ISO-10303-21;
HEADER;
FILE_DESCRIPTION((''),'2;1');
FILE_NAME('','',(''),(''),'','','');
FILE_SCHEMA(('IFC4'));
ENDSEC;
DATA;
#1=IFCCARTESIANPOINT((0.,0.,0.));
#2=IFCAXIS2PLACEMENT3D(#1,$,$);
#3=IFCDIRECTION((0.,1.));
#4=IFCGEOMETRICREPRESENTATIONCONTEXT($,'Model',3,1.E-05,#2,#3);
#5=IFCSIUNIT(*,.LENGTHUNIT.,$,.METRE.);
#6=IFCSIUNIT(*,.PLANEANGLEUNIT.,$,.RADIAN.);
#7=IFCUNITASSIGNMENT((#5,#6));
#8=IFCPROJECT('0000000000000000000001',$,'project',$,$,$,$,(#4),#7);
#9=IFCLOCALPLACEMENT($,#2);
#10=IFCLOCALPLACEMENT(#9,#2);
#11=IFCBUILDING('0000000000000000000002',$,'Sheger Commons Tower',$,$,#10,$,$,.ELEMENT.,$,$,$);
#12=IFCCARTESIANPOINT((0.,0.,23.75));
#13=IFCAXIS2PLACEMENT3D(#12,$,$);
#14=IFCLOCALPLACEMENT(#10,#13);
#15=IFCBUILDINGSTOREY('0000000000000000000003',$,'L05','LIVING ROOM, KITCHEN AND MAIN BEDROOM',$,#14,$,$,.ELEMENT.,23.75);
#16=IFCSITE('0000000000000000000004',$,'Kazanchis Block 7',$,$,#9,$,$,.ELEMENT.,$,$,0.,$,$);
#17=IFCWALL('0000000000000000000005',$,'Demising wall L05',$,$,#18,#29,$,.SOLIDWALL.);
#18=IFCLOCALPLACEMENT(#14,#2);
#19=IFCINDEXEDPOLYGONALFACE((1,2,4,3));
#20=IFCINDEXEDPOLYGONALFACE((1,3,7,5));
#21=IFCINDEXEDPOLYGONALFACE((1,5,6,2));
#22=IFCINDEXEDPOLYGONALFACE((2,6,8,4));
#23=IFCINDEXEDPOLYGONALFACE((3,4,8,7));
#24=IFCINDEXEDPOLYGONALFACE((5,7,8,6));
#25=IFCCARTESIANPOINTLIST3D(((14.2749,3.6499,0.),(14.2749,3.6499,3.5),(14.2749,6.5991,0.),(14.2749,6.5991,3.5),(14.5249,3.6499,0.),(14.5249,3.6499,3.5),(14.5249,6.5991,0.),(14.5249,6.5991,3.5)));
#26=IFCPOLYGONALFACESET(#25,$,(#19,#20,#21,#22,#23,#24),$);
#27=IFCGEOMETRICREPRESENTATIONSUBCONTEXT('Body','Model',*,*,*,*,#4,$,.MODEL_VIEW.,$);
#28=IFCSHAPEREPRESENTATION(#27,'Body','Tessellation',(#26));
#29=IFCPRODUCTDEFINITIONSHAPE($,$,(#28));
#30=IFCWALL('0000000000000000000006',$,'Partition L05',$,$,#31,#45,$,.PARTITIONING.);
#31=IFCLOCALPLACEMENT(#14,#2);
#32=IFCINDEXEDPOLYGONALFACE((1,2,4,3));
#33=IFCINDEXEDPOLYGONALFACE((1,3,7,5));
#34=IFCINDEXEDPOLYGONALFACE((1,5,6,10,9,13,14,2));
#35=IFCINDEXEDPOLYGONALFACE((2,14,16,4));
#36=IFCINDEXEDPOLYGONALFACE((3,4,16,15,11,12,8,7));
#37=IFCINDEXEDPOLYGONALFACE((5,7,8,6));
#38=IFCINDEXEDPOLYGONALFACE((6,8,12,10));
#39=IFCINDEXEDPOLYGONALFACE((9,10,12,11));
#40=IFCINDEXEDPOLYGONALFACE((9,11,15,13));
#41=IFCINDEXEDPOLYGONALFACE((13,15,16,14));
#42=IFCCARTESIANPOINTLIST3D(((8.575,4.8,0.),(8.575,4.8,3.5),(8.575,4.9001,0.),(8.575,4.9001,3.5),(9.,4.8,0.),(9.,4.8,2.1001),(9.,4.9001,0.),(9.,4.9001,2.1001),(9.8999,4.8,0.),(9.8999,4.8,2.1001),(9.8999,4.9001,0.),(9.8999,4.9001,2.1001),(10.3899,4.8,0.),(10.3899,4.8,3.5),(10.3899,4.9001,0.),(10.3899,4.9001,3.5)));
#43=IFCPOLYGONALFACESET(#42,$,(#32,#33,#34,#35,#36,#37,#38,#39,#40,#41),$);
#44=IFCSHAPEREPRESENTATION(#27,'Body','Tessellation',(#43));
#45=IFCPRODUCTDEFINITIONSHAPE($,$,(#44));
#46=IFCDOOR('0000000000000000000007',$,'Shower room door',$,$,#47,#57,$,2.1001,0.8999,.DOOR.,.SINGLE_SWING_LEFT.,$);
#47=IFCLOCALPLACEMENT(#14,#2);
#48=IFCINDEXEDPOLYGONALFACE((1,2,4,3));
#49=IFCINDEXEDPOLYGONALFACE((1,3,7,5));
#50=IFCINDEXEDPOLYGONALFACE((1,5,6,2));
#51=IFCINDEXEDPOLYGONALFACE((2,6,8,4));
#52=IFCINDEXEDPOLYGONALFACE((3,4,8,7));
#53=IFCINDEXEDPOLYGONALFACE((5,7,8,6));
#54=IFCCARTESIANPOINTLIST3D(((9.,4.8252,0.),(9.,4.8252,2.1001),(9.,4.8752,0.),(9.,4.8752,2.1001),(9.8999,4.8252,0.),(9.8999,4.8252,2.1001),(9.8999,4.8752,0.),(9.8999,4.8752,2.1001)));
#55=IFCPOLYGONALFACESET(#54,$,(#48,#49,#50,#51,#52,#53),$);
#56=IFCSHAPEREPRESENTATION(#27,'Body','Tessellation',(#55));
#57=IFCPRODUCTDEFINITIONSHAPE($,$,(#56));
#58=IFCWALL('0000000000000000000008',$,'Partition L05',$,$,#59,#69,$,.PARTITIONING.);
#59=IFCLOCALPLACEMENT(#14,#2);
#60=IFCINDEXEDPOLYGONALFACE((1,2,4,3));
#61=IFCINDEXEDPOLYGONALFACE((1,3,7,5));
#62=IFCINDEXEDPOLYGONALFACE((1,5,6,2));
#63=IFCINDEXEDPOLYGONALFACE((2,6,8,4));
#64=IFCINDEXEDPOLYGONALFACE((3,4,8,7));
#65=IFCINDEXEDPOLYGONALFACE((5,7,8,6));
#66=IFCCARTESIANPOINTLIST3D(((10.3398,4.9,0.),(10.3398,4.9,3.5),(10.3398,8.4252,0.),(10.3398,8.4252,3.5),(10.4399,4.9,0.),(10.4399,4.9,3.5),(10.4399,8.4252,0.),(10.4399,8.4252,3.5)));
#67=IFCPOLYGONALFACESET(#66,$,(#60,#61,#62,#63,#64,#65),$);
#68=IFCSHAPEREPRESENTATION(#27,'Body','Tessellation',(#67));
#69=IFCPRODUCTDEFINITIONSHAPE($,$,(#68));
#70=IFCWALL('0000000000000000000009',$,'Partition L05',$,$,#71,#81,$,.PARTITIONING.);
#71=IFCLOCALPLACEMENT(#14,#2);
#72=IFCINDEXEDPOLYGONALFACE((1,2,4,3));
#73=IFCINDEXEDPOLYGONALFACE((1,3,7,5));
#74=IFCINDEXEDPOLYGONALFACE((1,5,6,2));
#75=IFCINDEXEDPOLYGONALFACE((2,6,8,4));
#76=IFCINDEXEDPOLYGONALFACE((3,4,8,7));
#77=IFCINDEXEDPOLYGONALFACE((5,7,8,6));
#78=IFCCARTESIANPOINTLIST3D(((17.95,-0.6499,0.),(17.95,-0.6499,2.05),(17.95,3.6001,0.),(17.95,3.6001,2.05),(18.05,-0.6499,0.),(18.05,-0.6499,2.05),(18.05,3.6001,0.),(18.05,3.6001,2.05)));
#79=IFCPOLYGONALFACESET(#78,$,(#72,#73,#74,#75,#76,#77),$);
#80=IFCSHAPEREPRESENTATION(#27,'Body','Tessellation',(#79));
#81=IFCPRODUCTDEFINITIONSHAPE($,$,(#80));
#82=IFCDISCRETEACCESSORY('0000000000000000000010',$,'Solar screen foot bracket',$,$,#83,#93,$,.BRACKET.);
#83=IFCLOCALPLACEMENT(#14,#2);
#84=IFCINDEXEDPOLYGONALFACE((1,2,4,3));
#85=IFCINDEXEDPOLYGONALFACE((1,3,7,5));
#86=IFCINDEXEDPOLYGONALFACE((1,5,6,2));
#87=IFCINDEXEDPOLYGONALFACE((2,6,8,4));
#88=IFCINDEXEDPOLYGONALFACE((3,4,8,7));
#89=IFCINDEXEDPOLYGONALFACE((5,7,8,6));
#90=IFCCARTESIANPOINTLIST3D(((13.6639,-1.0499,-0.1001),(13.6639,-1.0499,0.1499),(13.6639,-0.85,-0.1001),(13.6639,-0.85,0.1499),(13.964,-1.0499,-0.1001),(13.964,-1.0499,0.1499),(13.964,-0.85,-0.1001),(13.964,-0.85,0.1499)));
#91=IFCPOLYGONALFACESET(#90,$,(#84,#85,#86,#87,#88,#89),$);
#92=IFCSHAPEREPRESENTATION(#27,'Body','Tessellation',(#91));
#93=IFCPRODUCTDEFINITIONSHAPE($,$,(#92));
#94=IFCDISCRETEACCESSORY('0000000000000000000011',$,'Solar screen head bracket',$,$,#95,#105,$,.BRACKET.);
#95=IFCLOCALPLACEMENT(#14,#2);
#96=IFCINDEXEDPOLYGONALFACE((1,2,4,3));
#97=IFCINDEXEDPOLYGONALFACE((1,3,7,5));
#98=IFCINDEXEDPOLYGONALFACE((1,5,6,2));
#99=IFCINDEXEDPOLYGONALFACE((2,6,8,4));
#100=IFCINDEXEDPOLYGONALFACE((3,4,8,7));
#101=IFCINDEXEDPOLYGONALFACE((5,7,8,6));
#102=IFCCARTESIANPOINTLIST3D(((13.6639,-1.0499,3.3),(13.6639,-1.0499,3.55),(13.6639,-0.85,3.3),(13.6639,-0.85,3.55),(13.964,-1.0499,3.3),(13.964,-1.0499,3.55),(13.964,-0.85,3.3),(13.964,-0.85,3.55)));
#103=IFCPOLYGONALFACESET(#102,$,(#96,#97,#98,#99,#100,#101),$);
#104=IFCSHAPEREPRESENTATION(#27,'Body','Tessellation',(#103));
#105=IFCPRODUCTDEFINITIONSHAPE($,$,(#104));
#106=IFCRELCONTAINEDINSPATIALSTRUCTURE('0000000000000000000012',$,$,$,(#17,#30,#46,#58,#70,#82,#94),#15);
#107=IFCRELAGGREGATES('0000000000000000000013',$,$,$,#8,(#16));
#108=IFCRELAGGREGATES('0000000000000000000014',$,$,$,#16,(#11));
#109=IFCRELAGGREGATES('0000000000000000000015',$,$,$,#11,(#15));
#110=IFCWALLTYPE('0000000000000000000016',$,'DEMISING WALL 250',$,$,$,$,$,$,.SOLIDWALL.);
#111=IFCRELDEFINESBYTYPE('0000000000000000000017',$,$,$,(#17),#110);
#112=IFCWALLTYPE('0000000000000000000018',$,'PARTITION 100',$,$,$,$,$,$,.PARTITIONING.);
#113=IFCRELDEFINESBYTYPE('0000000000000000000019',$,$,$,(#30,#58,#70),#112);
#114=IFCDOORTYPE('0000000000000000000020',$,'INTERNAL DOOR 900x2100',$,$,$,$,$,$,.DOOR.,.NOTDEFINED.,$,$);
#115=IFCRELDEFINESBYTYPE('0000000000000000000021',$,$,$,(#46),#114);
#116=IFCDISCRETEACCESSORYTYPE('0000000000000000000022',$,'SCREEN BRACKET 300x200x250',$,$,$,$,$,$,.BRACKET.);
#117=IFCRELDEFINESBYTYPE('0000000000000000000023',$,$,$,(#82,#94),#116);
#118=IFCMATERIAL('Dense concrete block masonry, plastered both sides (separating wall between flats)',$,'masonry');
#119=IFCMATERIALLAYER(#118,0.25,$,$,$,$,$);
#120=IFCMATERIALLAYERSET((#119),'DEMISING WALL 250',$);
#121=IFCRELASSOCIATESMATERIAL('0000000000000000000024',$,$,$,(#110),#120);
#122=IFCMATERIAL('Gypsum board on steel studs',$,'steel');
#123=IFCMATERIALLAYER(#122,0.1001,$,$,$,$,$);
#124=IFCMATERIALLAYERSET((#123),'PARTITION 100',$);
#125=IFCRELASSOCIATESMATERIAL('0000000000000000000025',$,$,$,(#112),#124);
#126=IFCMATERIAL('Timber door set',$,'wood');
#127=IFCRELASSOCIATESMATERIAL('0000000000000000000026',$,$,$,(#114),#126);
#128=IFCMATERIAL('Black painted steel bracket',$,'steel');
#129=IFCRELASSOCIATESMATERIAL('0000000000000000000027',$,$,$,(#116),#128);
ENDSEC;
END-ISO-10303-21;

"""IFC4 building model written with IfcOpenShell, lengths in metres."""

from ifc_helpers import new_model, si_unit, direction, frame, frame_2d, origin, origin_2d, place, context, subcontext, project, spatial, rectangle, extrude, material, layer, layer_set, type_object, element, fill, save


model = new_model("IFC4")

# Units and contexts
model_context = context("Model", 3, precision=1e-05, world=origin(), true_north=direction((0.0, 1.0)))
body_context = subcontext(model_context, "Body", "Model", "MODEL_VIEW")
ifc_project = project(units=[si_unit("LENGTHUNIT", "METRE"), si_unit("PLANEANGLEUNIT", "RADIAN")], contexts=[model_context])

# Site, building, storey
site_placement = place(None, origin())
site = spatial("IfcSite", under=ifc_project, at=site_placement, Name="Kazanchis Block 7", CompositionType="ELEMENT", RefElevation=0.0)
building_placement = place(site_placement, origin())
building = spatial("IfcBuilding", under=site, at=building_placement, Name="Sheger Commons Tower", CompositionType="ELEMENT")
storey_placement = place(building_placement, frame((0.0, 0.0, 23.75)))
storey = spatial("IfcBuildingStorey", under=building, at=storey_placement, Name="L05", Description="LIVING ROOM, KITCHEN AND MAIN BEDROOM", CompositionType="ELEMENT", Elevation=23.75)

# Wall
ifc_material_1 = material(Name="Dense concrete block masonry, plastered both sides (separating wall between flats)", Category="masonry")
ifc_layer_1 = layer(ifc_material_1, 0.25)
ifc_layer_set_1 = layer_set([ifc_layer_1], Name="DEMISING WALL 250")
wall_type_1 = type_object("IfcWallType", Name="DEMISING WALL 250", PredefinedType="SOLIDWALL", material=ifc_layer_set_1)
wall_1_placement = place(storey_placement, frame((14.3999, 3.6499, 0.0), z_axis=(0.0, 0.0, 1.0), x_axis=(0.0, 1.0, 0.0)))
element("IfcWall", 1, at=wall_1_placement, inside=storey, type_object=wall_type_1, Name="Demising wall L05", PredefinedType="SOLIDWALL", context=body_context, shape_type="SweptSolid", body=[
    extrude(rectangle(XDim=2.9492, YDim=0.25, at=frame_2d((1.4746, 0.0))), origin(), (0.0, 0.0, 1.0), 3.5),
])

# Wall, opening, door
ifc_material_2 = material(Name="Gypsum board on steel studs", Category="steel")
ifc_layer_2 = layer(ifc_material_2, 0.1001)
ifc_layer_set_2 = layer_set([ifc_layer_2], Name="PARTITION 100")
wall_type_2 = type_object("IfcWallType", Name="PARTITION 100", PredefinedType="PARTITIONING", material=ifc_layer_set_2)
wall_2_placement = place(storey_placement, frame((10.3899, 4.8501, 0.0), z_axis=(0.0, 0.0, 1.0), x_axis=(-1.0, 0.0, 0.0)))
wall_2 = element("IfcWall", 2, at=wall_2_placement, inside=storey, type_object=wall_type_2, Name="Partition L05", PredefinedType="PARTITIONING", context=body_context, shape_type="SweptSolid", body=[
    extrude(rectangle(XDim=1.8149, YDim=0.1001, at=frame_2d((0.9075, 0.0))), origin(), (0.0, 0.0, 1.0), 3.5),
])
opening_1_placement = place(wall_2_placement, frame((0.49, 0.0, 0.0)))
opening_1 = element("IfcOpeningElement", 3, at=opening_1_placement, cuts=wall_2, PredefinedType="OPENING", context=body_context, shape_type="SweptSolid", body=[
    extrude(rectangle(XDim=0.8999, YDim=2.1001, at=frame_2d((0.45, 1.05))), frame((0.0, 0.0601, 0.0), z_axis=(0.0, -1.0, 0.0), x_axis=(1.0, 0.0, 0.0)), (0.0, 0.0, 1.0), 0.1201),
])
ifc_material_3 = material(Name="Timber door set", Category="wood")
door_type_1 = type_object("IfcDoorType", Name="INTERNAL DOOR 900x2100", OperationType="NOTDEFINED", PredefinedType="DOOR", material=ifc_material_3)
door_1_placement = place(opening_1_placement, origin())
door_1 = element("IfcDoor", 4, at=door_1_placement, inside=storey, type_object=door_type_1, Name="Shower room door", OperationType="SINGLE_SWING_LEFT", OverallHeight=2.1001, OverallWidth=0.8999, PredefinedType="DOOR", context=body_context, shape_type="SweptSolid", body=[
    extrude(rectangle(XDim=0.8999, YDim=2.1001, at=frame_2d((0.45, 1.05))), frame((0.0, 0.0249, 0.0), z_axis=(0.0, -1.0, 0.0), x_axis=(1.0, 0.0, 0.0)), (0.0, 0.0, 1.0), 0.05),
])
fill(opening_1, door_1)

# Walls
wall_3_placement = place(storey_placement, frame((10.3899, 4.8999, 0.0), z_axis=(0.0, 0.0, 1.0), x_axis=(0.0, 1.0, 0.0)))
element("IfcWall", 5, at=wall_3_placement, inside=storey, type_object=wall_type_2, Name="Partition L05", PredefinedType="PARTITIONING", context=body_context, shape_type="SweptSolid", body=[
    extrude(rectangle(XDim=3.5251, YDim=0.1001, at=frame_2d((1.7627, 0.0))), origin(), (0.0, 0.0, 1.0), 3.5),
])
wall_4_placement = place(storey_placement, frame((18.0, -0.6499, 0.0), z_axis=(0.0, 0.0, 1.0), x_axis=(0.0, 1.0, 0.0)))
element("IfcWall", 6, at=wall_4_placement, inside=storey, type_object=wall_type_2, Name="Partition L05", PredefinedType="PARTITIONING", context=body_context, shape_type="SweptSolid", body=[
    extrude(rectangle(XDim=4.25, YDim=0.1001, at=frame_2d((2.125, 0.0))), origin(), (0.0, 0.0, 1.0), 2.05),
])

# Discrete accessories
ifc_material_4 = material(Name="Black painted steel bracket", Category="steel")
discrete_accessory_type = type_object("IfcDiscreteAccessoryType", Name="SCREEN BRACKET 300x200x250", PredefinedType="BRACKET", material=ifc_material_4)
for number, where, z_axis, x_axis, name in (
    (7, (13.814, -0.95, -0.1001), (0.0, 0.0, 1.0), (1.0, 0.0, 0.0), "Solar screen foot bracket"),
    (8, (13.814, -0.95, 3.3), (0.0, 0.0, 1.0), (1.0, 0.0, 0.0), "Solar screen head bracket"),
):
    element("IfcDiscreteAccessory", number, at=place(storey_placement, frame(where, z_axis=z_axis, x_axis=x_axis)), inside=storey, type_object=discrete_accessory_type, Name=name, PredefinedType="BRACKET", context=body_context, shape_type="SweptSolid", body=[
        extrude(rectangle(XDim=0.3, YDim=0.2, at=origin_2d()), origin(), (0.0, 0.0, 1.0), 0.25),
    ])

save(model, "model.ifc")
